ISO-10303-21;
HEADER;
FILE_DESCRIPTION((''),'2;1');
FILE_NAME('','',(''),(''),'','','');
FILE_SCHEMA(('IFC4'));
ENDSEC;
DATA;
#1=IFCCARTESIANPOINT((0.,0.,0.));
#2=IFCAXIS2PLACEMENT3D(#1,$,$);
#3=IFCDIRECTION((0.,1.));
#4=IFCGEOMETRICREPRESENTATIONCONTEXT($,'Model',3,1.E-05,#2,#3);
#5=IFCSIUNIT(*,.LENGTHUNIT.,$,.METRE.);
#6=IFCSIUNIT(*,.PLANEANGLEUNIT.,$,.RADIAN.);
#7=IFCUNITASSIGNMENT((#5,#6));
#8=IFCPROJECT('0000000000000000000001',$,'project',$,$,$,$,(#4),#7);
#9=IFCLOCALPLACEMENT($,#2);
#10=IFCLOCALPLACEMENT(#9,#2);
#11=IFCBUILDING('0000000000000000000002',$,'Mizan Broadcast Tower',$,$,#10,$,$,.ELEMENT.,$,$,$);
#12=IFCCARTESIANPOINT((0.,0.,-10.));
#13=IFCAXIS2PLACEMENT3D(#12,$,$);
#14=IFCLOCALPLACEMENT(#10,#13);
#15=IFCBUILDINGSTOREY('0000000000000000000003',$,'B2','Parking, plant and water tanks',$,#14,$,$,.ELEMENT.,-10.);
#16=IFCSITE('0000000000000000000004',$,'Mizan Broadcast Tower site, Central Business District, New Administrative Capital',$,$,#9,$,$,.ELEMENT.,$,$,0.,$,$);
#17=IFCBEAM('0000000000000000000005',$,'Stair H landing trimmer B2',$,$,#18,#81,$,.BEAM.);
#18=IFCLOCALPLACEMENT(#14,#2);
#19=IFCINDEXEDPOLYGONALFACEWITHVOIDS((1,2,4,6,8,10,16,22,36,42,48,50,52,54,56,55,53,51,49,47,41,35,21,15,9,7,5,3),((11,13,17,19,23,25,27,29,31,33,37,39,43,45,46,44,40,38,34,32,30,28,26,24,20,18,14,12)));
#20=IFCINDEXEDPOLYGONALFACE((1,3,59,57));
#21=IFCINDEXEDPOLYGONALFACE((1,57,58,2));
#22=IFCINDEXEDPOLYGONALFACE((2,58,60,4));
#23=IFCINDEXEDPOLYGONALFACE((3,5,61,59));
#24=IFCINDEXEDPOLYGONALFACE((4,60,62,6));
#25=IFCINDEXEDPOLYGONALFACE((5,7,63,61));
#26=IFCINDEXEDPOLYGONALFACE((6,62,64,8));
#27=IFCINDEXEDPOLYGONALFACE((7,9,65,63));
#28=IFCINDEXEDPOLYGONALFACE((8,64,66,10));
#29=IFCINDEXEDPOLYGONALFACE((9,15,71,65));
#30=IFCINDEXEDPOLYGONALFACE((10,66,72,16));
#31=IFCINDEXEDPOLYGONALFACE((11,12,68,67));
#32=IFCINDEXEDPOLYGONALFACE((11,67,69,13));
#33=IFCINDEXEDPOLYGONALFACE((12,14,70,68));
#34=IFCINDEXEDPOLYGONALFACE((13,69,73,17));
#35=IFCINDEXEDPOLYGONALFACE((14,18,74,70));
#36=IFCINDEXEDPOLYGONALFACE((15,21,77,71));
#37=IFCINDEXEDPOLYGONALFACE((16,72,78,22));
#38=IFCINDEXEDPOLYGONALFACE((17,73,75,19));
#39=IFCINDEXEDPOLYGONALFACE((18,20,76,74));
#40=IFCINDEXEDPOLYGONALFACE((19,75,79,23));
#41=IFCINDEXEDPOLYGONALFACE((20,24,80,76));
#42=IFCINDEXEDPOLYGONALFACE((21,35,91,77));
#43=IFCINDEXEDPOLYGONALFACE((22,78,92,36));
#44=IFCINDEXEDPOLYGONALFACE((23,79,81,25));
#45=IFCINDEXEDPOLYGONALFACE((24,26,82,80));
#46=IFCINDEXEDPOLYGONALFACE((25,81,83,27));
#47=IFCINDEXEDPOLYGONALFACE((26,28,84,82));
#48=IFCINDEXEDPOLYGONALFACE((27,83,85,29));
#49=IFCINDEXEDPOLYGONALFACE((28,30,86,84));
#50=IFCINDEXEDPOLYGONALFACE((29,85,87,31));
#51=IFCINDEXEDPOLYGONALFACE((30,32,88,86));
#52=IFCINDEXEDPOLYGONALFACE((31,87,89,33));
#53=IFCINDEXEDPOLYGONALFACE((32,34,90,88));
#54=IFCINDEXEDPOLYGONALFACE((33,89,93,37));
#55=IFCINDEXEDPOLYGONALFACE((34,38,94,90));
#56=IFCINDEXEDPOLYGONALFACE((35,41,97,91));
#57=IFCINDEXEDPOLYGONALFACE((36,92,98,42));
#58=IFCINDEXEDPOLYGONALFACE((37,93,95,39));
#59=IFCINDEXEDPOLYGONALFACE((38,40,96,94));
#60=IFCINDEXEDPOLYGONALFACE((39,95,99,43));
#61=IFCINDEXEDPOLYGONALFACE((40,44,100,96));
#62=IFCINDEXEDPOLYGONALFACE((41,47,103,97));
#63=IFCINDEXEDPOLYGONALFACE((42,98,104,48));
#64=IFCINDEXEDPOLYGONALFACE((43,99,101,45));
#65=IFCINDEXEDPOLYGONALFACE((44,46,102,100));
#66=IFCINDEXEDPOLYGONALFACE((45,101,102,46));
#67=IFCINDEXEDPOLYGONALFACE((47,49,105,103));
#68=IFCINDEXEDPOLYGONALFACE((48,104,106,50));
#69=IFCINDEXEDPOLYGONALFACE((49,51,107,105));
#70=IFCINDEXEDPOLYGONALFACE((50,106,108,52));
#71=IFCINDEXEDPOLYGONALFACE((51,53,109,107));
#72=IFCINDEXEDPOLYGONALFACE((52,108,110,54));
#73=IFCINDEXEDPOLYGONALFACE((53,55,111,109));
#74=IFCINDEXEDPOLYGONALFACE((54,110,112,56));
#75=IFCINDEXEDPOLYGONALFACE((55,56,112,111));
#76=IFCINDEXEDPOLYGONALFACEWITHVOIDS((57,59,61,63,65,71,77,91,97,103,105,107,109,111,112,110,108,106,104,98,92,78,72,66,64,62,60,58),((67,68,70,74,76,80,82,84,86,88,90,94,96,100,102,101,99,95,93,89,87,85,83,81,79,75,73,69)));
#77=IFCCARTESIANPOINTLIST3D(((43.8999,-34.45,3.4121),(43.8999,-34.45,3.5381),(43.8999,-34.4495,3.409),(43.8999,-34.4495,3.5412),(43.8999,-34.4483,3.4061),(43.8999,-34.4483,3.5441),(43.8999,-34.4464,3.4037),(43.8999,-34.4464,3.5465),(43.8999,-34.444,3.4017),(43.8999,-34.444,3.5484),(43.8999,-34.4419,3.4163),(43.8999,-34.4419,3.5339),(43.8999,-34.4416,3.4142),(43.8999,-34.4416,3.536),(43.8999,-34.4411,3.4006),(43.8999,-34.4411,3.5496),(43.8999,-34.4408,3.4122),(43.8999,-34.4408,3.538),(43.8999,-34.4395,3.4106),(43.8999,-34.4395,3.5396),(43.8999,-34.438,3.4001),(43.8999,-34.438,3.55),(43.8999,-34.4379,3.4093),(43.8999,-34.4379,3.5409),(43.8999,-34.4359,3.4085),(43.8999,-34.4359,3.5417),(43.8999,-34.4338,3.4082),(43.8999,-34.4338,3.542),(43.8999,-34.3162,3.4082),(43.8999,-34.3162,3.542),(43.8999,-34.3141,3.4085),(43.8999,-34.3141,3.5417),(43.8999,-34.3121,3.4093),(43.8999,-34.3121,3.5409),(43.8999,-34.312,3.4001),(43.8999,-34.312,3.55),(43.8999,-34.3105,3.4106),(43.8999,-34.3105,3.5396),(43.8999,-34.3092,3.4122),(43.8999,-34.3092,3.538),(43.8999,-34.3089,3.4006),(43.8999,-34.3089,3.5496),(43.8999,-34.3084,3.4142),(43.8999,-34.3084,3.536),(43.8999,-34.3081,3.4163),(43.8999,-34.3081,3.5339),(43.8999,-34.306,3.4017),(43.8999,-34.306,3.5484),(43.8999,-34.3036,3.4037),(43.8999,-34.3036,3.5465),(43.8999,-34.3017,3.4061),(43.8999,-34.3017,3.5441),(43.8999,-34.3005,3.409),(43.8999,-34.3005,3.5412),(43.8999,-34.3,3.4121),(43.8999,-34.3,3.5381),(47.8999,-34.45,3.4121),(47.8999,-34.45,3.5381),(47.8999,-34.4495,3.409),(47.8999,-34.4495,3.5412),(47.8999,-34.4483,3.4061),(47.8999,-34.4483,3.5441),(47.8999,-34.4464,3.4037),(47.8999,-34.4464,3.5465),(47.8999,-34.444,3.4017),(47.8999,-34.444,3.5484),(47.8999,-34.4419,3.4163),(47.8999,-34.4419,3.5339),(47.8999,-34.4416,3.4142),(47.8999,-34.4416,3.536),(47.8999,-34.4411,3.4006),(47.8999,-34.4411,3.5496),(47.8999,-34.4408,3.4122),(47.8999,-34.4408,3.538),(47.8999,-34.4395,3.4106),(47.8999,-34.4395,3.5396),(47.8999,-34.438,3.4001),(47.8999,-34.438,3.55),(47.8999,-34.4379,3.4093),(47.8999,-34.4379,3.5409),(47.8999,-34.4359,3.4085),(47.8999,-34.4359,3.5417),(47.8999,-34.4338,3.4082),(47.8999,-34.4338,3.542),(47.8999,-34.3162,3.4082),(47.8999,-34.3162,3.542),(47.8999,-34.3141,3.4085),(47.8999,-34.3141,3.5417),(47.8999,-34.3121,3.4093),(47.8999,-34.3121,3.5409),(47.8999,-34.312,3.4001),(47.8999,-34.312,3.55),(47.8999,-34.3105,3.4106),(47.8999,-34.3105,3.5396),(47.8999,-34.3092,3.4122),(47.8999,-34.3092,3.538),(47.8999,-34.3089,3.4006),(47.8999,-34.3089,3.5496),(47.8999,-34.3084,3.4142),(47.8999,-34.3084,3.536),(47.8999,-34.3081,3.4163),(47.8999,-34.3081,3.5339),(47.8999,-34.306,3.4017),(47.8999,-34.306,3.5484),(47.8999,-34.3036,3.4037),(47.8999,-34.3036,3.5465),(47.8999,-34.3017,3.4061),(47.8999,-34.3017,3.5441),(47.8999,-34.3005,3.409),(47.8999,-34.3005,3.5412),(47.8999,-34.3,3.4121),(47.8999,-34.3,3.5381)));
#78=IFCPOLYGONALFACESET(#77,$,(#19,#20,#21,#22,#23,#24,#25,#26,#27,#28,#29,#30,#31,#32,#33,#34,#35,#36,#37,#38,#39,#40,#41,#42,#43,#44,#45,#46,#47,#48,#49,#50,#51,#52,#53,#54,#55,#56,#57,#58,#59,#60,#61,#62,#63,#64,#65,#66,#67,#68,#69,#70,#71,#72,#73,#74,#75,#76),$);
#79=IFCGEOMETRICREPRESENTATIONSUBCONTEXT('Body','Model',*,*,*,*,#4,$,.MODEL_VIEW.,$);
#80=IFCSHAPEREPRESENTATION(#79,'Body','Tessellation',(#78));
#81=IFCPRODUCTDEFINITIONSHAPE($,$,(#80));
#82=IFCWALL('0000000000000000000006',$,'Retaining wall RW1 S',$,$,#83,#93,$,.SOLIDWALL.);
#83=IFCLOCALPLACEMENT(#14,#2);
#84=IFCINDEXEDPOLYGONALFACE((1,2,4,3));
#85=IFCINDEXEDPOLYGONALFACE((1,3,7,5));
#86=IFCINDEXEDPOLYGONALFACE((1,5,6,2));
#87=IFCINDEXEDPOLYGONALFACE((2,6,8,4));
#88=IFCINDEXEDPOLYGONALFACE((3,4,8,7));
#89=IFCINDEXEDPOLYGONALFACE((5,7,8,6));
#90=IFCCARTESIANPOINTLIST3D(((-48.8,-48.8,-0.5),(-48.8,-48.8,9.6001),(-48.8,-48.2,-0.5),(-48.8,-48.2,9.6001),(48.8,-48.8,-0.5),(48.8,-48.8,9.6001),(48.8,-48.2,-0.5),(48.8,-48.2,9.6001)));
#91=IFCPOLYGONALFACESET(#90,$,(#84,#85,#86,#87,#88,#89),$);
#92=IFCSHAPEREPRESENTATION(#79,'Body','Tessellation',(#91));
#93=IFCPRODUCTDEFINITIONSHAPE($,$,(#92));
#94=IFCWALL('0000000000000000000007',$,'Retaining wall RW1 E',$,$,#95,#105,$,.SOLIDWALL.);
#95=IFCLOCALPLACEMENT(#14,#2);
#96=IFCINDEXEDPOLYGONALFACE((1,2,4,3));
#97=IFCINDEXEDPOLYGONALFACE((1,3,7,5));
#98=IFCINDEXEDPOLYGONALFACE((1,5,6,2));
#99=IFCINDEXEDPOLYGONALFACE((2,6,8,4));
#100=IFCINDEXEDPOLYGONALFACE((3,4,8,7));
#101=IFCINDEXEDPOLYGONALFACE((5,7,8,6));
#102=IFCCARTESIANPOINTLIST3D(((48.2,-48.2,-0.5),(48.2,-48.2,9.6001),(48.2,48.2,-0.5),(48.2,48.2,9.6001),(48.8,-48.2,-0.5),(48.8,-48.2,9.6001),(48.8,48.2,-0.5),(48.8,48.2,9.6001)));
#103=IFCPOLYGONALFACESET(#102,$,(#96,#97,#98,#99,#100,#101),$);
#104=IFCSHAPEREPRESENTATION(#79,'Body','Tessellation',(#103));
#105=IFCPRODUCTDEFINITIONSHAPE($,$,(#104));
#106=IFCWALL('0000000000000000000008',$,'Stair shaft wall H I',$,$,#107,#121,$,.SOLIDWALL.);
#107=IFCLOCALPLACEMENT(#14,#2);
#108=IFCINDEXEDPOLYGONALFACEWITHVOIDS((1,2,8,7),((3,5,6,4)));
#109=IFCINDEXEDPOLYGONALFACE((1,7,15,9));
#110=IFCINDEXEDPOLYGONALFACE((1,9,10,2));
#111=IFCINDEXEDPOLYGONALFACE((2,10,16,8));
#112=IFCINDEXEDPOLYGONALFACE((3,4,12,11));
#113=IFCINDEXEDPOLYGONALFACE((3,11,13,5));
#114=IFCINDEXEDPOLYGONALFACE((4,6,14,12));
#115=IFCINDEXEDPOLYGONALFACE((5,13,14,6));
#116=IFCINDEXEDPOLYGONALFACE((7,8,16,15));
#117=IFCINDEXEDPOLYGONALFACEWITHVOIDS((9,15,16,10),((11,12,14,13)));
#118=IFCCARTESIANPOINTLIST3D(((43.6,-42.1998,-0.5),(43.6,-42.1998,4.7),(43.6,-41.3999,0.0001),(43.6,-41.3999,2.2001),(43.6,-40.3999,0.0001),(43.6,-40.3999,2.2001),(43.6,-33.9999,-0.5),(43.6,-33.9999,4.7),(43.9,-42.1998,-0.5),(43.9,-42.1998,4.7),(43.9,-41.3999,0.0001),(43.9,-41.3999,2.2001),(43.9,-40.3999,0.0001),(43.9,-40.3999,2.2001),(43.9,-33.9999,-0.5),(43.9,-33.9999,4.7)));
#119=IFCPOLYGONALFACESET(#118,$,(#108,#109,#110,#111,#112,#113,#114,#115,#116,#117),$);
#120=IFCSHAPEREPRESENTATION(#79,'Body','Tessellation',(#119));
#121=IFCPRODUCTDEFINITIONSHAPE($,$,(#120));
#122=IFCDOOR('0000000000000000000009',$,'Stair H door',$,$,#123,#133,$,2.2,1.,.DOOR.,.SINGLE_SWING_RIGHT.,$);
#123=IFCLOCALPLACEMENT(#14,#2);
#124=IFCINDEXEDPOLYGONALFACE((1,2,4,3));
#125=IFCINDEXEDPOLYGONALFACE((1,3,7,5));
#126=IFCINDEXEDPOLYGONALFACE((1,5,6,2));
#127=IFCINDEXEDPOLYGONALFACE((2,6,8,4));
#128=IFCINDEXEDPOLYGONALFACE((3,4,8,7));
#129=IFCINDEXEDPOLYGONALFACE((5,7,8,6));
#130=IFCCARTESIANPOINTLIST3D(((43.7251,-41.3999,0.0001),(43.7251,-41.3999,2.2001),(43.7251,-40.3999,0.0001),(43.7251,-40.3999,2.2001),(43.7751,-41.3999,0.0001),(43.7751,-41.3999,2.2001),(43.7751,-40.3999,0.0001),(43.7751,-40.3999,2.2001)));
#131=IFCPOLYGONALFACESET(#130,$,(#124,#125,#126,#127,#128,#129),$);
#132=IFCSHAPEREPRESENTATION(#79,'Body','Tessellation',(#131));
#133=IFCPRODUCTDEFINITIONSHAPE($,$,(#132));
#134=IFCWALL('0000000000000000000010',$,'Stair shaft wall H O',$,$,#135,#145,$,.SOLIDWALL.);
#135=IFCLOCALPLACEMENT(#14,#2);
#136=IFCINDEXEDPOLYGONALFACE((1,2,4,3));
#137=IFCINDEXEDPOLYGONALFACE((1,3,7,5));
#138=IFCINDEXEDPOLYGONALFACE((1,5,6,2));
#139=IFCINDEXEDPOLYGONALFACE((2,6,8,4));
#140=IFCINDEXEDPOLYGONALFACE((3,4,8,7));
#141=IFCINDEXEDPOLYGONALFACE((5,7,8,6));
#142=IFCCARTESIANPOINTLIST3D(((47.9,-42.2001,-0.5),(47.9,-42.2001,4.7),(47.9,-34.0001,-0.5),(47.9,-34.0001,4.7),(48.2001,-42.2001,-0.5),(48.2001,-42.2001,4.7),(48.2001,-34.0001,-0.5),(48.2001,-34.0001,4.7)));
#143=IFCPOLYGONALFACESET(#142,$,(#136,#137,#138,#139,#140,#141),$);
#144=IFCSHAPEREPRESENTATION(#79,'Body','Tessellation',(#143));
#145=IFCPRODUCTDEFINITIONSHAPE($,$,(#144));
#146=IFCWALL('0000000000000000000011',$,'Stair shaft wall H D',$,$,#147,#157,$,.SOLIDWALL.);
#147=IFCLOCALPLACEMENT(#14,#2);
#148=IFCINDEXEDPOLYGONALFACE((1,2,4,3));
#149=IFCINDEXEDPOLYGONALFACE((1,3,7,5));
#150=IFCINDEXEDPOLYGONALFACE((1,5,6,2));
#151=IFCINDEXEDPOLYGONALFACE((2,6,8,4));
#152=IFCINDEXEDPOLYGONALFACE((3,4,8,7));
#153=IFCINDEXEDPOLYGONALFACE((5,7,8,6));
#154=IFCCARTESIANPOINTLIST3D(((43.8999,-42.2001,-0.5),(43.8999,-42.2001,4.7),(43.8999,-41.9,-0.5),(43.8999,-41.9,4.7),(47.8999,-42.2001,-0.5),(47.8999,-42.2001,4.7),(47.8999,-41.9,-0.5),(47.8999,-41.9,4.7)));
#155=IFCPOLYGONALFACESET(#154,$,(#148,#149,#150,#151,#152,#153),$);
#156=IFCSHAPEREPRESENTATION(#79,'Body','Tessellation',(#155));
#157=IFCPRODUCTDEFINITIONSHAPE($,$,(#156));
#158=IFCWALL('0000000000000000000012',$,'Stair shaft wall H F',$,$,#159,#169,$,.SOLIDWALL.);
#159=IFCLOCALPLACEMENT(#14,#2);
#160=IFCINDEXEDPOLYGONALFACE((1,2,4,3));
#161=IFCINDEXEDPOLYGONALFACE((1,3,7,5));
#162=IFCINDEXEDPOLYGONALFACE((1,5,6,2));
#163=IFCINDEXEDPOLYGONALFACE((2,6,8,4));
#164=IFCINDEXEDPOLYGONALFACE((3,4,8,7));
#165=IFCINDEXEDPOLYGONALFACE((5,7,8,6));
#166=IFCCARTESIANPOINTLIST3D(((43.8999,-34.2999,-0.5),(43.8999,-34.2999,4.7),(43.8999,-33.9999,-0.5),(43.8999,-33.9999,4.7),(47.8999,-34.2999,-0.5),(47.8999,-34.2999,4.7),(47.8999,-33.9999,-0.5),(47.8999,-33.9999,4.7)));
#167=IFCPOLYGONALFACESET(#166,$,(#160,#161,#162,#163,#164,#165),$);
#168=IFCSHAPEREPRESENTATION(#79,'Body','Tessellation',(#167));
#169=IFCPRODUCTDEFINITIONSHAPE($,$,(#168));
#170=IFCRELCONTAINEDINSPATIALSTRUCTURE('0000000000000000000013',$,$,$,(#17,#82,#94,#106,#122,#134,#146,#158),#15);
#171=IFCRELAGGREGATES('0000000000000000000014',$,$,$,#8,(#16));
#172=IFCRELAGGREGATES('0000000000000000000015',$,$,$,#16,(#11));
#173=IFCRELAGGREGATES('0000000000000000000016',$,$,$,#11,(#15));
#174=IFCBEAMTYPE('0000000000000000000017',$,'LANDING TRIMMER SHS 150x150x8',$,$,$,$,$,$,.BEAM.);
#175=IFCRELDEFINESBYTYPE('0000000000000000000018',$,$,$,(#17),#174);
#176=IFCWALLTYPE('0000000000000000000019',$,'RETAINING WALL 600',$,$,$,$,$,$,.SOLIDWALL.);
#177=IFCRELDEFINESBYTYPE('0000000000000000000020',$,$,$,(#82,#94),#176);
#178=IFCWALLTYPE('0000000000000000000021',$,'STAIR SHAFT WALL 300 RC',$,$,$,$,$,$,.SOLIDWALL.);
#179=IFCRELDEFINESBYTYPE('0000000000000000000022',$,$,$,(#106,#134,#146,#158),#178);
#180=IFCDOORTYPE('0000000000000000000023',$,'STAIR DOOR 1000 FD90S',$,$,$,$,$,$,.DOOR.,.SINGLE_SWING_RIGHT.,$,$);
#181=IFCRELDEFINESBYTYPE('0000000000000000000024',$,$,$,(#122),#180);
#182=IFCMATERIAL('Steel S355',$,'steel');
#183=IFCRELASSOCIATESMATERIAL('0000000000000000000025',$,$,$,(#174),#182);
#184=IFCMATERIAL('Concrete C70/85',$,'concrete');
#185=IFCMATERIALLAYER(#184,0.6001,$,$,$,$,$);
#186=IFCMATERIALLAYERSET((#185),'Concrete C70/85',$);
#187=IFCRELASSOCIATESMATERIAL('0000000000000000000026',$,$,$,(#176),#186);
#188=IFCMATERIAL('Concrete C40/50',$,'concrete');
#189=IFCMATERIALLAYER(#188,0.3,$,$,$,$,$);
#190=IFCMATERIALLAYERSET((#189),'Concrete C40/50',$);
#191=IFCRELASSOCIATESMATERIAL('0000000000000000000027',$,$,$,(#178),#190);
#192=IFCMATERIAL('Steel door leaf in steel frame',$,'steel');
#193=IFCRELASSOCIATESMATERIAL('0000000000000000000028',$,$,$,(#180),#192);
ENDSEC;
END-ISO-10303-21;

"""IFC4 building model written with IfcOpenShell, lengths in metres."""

from ifc_helpers import new_model, si_unit, direction, frame, frame_2d, origin, origin_2d, place, context, subcontext, project, spatial, rectangle, hollow_rectangle, extrude, material, layer, layer_set, material_profile, profile_set, type_object, element, fill, save


model = new_model("IFC4")

# Units and contexts
model_context = context("Model", 3, precision=1e-05, world=origin(), true_north=direction((0.0, 1.0)))
body_context = subcontext(model_context, "Body", "Model", "MODEL_VIEW")
ifc_project = project(units=[si_unit("LENGTHUNIT", "METRE"), si_unit("PLANEANGLEUNIT", "RADIAN")], contexts=[model_context])

# Site, building, storey
site_placement = place(None, origin())
site = spatial("IfcSite", under=ifc_project, at=site_placement, Name="Mizan Broadcast Tower site, Central Business District, New Administrative Capital", CompositionType="ELEMENT", RefElevation=0.0)
building_placement = place(site_placement, origin())
building = spatial("IfcBuilding", under=site, at=building_placement, Name="Mizan Broadcast Tower", CompositionType="ELEMENT")
storey_placement = place(building_placement, frame((0.0, 0.0, -10.0)))
storey = spatial("IfcBuildingStorey", under=building, at=storey_placement, Name="B2", Description="Parking, plant and water tanks", CompositionType="ELEMENT", Elevation=-10.0)

# Beam
ifc_material_1 = material(Name="Steel S355", Category="steel")
ifc_material_profile_1 = material_profile(ifc_material_1, hollow_rectangle(XDim=0.1499, YDim=0.1499, WallThickness=0.0081, InnerFilletRadius=0.0081, OuterFilletRadius=0.012, at=origin_2d()), Name="SHS 150x150x8")
ifc_profile_set_1 = profile_set([ifc_material_profile_1], Name="Steel S355")
beam_type = type_object("IfcBeamType", Name="LANDING TRIMMER SHS 150x150x8", PredefinedType="BEAM", material=ifc_profile_set_1)
for number, where, z_axis, x_axis, name in (
    (1, (43.8999, -34.375, 3.4751), (1.0, 0.0, 0.0), (0.0, 1.0, 0.0), "Stair H landing trimmer B2"),
):
    element("IfcBeam", number, at=place(storey_placement, frame(where, z_axis=z_axis, x_axis=x_axis)), inside=storey, type_object=beam_type, Name=name, PredefinedType="BEAM", context=body_context, shape_type="SweptSolid", body=[
        extrude(hollow_rectangle(XDim=0.1499, YDim=0.1499, WallThickness=0.0081, InnerFilletRadius=0.0081, OuterFilletRadius=0.012, at=origin_2d()), origin(), (0.0, 0.0, 1.0), 4.0),
    ])

# Walls
ifc_material_2 = material(Name="Concrete C70/85", Category="concrete")
ifc_layer_1 = layer(ifc_material_2, 0.6001)
ifc_layer_set_1 = layer_set([ifc_layer_1], Name="Concrete C70/85")
wall_type_1 = type_object("IfcWallType", Name="RETAINING WALL 600", PredefinedType="SOLIDWALL", material=ifc_layer_set_1)
wall_1_placement = place(storey_placement, frame((48.8, -48.5, -0.5), z_axis=(0.0, 0.0, 1.0), x_axis=(-1.0, 0.0, 0.0)))
element("IfcWall", 2, at=wall_1_placement, inside=storey, type_object=wall_type_1, Name="Retaining wall RW1 S", PredefinedType="SOLIDWALL", context=body_context, shape_type="SweptSolid", body=[
    extrude(rectangle(XDim=97.6001, YDim=0.6001, at=frame_2d((48.8, 0.0))), origin(), (0.0, 0.0, 1.0), 10.1001),
])
wall_2_placement = place(storey_placement, frame((48.5, -48.2, -0.5), z_axis=(0.0, 0.0, 1.0), x_axis=(0.0, 1.0, 0.0)))
element("IfcWall", 3, at=wall_2_placement, inside=storey, type_object=wall_type_1, Name="Retaining wall RW1 E", PredefinedType="SOLIDWALL", context=body_context, shape_type="SweptSolid", body=[
    extrude(rectangle(XDim=96.3999, YDim=0.6001, at=frame_2d((48.2, 0.0))), origin(), (0.0, 0.0, 1.0), 10.1001),
])

# Wall, opening, door
ifc_material_3 = material(Name="Concrete C40/50", Category="concrete")
ifc_layer_2 = layer(ifc_material_3, 0.3)
ifc_layer_set_2 = layer_set([ifc_layer_2], Name="Concrete C40/50")
wall_type_2 = type_object("IfcWallType", Name="STAIR SHAFT WALL 300 RC", PredefinedType="SOLIDWALL", material=ifc_layer_set_2)
wall_3_placement = place(storey_placement, frame((43.75, -42.2, -0.5), z_axis=(0.0, 0.0, 1.0), x_axis=(0.0, 1.0, 0.0)))
wall_3 = element("IfcWall", 4, at=wall_3_placement, inside=storey, type_object=wall_type_2, Name="Stair shaft wall H I", PredefinedType="SOLIDWALL", context=body_context, shape_type="SweptSolid", body=[
    extrude(rectangle(XDim=8.2, YDim=0.3, at=frame_2d((4.1001, 0.0))), origin(), (0.0, 0.0, 1.0), 5.2),
])
opening_placement = place(wall_3_placement, frame((0.8, 0.0, 0.5)))
opening = element("IfcOpeningElement", 5, at=opening_placement, cuts=wall_3, PredefinedType="OPENING", context=body_context, shape_type="SweptSolid", body=[
    extrude(rectangle(XDim=1.0, YDim=2.2, at=frame_2d((0.5, 1.1001))), frame((0.0, 0.1599, 0.0), z_axis=(0.0, -1.0, 0.0), x_axis=(1.0, 0.0, 0.0)), (0.0, 0.0, 1.0), 0.3201),
])
ifc_material_4 = material(Name="Steel door leaf in steel frame", Category="steel")
door_type = type_object("IfcDoorType", Name="STAIR DOOR 1000 FD90S", OperationType="SINGLE_SWING_RIGHT", PredefinedType="DOOR", material=ifc_material_4)
door_placement = place(opening_placement, origin())
door = element("IfcDoor", 6, at=door_placement, inside=storey, type_object=door_type, Name="Stair H door", OperationType="SINGLE_SWING_RIGHT", OverallHeight=2.2, OverallWidth=1.0, PredefinedType="DOOR", context=body_context, shape_type="SweptSolid", body=[
    extrude(rectangle(XDim=1.0, YDim=2.2, at=frame_2d((0.5, 1.1001))), frame((0.0, 0.0249, 0.0), z_axis=(0.0, -1.0, 0.0), x_axis=(1.0, 0.0, 0.0)), (0.0, 0.0, 1.0), 0.05),
])
fill(opening, door)

# Walls
wall_4_placement = place(storey_placement, frame((48.05, -34.0, -0.5), z_axis=(0.0, 0.0, 1.0), x_axis=(0.0, -1.0, 0.0)))
element("IfcWall", 7, at=wall_4_placement, inside=storey, type_object=wall_type_2, Name="Stair shaft wall H O", PredefinedType="SOLIDWALL", context=body_context, shape_type="SweptSolid", body=[
    extrude(rectangle(XDim=8.2, YDim=0.3, at=frame_2d((4.1001, 0.0))), origin(), (0.0, 0.0, 1.0), 5.2),
])
for number, where, z_axis, x_axis, name in (
    (8, (43.8999, -42.05, -0.5), (0.0, 0.0, 1.0), (1.0, 0.0, 0.0), "Stair shaft wall H D"),
    (9, (47.8999, -34.1499, -0.5), (0.0, 0.0, 1.0), (-1.0, 0.0, 0.0), "Stair shaft wall H F"),
):
    element("IfcWall", number, at=place(storey_placement, frame(where, z_axis=z_axis, x_axis=x_axis)), inside=storey, type_object=wall_type_2, Name=name, PredefinedType="SOLIDWALL", context=body_context, shape_type="SweptSolid", body=[
        extrude(rectangle(XDim=4.0, YDim=0.3, at=frame_2d((2.0, 0.0))), origin(), (0.0, 0.0, 1.0), 5.2),
    ])

save(model, "model.ifc")
